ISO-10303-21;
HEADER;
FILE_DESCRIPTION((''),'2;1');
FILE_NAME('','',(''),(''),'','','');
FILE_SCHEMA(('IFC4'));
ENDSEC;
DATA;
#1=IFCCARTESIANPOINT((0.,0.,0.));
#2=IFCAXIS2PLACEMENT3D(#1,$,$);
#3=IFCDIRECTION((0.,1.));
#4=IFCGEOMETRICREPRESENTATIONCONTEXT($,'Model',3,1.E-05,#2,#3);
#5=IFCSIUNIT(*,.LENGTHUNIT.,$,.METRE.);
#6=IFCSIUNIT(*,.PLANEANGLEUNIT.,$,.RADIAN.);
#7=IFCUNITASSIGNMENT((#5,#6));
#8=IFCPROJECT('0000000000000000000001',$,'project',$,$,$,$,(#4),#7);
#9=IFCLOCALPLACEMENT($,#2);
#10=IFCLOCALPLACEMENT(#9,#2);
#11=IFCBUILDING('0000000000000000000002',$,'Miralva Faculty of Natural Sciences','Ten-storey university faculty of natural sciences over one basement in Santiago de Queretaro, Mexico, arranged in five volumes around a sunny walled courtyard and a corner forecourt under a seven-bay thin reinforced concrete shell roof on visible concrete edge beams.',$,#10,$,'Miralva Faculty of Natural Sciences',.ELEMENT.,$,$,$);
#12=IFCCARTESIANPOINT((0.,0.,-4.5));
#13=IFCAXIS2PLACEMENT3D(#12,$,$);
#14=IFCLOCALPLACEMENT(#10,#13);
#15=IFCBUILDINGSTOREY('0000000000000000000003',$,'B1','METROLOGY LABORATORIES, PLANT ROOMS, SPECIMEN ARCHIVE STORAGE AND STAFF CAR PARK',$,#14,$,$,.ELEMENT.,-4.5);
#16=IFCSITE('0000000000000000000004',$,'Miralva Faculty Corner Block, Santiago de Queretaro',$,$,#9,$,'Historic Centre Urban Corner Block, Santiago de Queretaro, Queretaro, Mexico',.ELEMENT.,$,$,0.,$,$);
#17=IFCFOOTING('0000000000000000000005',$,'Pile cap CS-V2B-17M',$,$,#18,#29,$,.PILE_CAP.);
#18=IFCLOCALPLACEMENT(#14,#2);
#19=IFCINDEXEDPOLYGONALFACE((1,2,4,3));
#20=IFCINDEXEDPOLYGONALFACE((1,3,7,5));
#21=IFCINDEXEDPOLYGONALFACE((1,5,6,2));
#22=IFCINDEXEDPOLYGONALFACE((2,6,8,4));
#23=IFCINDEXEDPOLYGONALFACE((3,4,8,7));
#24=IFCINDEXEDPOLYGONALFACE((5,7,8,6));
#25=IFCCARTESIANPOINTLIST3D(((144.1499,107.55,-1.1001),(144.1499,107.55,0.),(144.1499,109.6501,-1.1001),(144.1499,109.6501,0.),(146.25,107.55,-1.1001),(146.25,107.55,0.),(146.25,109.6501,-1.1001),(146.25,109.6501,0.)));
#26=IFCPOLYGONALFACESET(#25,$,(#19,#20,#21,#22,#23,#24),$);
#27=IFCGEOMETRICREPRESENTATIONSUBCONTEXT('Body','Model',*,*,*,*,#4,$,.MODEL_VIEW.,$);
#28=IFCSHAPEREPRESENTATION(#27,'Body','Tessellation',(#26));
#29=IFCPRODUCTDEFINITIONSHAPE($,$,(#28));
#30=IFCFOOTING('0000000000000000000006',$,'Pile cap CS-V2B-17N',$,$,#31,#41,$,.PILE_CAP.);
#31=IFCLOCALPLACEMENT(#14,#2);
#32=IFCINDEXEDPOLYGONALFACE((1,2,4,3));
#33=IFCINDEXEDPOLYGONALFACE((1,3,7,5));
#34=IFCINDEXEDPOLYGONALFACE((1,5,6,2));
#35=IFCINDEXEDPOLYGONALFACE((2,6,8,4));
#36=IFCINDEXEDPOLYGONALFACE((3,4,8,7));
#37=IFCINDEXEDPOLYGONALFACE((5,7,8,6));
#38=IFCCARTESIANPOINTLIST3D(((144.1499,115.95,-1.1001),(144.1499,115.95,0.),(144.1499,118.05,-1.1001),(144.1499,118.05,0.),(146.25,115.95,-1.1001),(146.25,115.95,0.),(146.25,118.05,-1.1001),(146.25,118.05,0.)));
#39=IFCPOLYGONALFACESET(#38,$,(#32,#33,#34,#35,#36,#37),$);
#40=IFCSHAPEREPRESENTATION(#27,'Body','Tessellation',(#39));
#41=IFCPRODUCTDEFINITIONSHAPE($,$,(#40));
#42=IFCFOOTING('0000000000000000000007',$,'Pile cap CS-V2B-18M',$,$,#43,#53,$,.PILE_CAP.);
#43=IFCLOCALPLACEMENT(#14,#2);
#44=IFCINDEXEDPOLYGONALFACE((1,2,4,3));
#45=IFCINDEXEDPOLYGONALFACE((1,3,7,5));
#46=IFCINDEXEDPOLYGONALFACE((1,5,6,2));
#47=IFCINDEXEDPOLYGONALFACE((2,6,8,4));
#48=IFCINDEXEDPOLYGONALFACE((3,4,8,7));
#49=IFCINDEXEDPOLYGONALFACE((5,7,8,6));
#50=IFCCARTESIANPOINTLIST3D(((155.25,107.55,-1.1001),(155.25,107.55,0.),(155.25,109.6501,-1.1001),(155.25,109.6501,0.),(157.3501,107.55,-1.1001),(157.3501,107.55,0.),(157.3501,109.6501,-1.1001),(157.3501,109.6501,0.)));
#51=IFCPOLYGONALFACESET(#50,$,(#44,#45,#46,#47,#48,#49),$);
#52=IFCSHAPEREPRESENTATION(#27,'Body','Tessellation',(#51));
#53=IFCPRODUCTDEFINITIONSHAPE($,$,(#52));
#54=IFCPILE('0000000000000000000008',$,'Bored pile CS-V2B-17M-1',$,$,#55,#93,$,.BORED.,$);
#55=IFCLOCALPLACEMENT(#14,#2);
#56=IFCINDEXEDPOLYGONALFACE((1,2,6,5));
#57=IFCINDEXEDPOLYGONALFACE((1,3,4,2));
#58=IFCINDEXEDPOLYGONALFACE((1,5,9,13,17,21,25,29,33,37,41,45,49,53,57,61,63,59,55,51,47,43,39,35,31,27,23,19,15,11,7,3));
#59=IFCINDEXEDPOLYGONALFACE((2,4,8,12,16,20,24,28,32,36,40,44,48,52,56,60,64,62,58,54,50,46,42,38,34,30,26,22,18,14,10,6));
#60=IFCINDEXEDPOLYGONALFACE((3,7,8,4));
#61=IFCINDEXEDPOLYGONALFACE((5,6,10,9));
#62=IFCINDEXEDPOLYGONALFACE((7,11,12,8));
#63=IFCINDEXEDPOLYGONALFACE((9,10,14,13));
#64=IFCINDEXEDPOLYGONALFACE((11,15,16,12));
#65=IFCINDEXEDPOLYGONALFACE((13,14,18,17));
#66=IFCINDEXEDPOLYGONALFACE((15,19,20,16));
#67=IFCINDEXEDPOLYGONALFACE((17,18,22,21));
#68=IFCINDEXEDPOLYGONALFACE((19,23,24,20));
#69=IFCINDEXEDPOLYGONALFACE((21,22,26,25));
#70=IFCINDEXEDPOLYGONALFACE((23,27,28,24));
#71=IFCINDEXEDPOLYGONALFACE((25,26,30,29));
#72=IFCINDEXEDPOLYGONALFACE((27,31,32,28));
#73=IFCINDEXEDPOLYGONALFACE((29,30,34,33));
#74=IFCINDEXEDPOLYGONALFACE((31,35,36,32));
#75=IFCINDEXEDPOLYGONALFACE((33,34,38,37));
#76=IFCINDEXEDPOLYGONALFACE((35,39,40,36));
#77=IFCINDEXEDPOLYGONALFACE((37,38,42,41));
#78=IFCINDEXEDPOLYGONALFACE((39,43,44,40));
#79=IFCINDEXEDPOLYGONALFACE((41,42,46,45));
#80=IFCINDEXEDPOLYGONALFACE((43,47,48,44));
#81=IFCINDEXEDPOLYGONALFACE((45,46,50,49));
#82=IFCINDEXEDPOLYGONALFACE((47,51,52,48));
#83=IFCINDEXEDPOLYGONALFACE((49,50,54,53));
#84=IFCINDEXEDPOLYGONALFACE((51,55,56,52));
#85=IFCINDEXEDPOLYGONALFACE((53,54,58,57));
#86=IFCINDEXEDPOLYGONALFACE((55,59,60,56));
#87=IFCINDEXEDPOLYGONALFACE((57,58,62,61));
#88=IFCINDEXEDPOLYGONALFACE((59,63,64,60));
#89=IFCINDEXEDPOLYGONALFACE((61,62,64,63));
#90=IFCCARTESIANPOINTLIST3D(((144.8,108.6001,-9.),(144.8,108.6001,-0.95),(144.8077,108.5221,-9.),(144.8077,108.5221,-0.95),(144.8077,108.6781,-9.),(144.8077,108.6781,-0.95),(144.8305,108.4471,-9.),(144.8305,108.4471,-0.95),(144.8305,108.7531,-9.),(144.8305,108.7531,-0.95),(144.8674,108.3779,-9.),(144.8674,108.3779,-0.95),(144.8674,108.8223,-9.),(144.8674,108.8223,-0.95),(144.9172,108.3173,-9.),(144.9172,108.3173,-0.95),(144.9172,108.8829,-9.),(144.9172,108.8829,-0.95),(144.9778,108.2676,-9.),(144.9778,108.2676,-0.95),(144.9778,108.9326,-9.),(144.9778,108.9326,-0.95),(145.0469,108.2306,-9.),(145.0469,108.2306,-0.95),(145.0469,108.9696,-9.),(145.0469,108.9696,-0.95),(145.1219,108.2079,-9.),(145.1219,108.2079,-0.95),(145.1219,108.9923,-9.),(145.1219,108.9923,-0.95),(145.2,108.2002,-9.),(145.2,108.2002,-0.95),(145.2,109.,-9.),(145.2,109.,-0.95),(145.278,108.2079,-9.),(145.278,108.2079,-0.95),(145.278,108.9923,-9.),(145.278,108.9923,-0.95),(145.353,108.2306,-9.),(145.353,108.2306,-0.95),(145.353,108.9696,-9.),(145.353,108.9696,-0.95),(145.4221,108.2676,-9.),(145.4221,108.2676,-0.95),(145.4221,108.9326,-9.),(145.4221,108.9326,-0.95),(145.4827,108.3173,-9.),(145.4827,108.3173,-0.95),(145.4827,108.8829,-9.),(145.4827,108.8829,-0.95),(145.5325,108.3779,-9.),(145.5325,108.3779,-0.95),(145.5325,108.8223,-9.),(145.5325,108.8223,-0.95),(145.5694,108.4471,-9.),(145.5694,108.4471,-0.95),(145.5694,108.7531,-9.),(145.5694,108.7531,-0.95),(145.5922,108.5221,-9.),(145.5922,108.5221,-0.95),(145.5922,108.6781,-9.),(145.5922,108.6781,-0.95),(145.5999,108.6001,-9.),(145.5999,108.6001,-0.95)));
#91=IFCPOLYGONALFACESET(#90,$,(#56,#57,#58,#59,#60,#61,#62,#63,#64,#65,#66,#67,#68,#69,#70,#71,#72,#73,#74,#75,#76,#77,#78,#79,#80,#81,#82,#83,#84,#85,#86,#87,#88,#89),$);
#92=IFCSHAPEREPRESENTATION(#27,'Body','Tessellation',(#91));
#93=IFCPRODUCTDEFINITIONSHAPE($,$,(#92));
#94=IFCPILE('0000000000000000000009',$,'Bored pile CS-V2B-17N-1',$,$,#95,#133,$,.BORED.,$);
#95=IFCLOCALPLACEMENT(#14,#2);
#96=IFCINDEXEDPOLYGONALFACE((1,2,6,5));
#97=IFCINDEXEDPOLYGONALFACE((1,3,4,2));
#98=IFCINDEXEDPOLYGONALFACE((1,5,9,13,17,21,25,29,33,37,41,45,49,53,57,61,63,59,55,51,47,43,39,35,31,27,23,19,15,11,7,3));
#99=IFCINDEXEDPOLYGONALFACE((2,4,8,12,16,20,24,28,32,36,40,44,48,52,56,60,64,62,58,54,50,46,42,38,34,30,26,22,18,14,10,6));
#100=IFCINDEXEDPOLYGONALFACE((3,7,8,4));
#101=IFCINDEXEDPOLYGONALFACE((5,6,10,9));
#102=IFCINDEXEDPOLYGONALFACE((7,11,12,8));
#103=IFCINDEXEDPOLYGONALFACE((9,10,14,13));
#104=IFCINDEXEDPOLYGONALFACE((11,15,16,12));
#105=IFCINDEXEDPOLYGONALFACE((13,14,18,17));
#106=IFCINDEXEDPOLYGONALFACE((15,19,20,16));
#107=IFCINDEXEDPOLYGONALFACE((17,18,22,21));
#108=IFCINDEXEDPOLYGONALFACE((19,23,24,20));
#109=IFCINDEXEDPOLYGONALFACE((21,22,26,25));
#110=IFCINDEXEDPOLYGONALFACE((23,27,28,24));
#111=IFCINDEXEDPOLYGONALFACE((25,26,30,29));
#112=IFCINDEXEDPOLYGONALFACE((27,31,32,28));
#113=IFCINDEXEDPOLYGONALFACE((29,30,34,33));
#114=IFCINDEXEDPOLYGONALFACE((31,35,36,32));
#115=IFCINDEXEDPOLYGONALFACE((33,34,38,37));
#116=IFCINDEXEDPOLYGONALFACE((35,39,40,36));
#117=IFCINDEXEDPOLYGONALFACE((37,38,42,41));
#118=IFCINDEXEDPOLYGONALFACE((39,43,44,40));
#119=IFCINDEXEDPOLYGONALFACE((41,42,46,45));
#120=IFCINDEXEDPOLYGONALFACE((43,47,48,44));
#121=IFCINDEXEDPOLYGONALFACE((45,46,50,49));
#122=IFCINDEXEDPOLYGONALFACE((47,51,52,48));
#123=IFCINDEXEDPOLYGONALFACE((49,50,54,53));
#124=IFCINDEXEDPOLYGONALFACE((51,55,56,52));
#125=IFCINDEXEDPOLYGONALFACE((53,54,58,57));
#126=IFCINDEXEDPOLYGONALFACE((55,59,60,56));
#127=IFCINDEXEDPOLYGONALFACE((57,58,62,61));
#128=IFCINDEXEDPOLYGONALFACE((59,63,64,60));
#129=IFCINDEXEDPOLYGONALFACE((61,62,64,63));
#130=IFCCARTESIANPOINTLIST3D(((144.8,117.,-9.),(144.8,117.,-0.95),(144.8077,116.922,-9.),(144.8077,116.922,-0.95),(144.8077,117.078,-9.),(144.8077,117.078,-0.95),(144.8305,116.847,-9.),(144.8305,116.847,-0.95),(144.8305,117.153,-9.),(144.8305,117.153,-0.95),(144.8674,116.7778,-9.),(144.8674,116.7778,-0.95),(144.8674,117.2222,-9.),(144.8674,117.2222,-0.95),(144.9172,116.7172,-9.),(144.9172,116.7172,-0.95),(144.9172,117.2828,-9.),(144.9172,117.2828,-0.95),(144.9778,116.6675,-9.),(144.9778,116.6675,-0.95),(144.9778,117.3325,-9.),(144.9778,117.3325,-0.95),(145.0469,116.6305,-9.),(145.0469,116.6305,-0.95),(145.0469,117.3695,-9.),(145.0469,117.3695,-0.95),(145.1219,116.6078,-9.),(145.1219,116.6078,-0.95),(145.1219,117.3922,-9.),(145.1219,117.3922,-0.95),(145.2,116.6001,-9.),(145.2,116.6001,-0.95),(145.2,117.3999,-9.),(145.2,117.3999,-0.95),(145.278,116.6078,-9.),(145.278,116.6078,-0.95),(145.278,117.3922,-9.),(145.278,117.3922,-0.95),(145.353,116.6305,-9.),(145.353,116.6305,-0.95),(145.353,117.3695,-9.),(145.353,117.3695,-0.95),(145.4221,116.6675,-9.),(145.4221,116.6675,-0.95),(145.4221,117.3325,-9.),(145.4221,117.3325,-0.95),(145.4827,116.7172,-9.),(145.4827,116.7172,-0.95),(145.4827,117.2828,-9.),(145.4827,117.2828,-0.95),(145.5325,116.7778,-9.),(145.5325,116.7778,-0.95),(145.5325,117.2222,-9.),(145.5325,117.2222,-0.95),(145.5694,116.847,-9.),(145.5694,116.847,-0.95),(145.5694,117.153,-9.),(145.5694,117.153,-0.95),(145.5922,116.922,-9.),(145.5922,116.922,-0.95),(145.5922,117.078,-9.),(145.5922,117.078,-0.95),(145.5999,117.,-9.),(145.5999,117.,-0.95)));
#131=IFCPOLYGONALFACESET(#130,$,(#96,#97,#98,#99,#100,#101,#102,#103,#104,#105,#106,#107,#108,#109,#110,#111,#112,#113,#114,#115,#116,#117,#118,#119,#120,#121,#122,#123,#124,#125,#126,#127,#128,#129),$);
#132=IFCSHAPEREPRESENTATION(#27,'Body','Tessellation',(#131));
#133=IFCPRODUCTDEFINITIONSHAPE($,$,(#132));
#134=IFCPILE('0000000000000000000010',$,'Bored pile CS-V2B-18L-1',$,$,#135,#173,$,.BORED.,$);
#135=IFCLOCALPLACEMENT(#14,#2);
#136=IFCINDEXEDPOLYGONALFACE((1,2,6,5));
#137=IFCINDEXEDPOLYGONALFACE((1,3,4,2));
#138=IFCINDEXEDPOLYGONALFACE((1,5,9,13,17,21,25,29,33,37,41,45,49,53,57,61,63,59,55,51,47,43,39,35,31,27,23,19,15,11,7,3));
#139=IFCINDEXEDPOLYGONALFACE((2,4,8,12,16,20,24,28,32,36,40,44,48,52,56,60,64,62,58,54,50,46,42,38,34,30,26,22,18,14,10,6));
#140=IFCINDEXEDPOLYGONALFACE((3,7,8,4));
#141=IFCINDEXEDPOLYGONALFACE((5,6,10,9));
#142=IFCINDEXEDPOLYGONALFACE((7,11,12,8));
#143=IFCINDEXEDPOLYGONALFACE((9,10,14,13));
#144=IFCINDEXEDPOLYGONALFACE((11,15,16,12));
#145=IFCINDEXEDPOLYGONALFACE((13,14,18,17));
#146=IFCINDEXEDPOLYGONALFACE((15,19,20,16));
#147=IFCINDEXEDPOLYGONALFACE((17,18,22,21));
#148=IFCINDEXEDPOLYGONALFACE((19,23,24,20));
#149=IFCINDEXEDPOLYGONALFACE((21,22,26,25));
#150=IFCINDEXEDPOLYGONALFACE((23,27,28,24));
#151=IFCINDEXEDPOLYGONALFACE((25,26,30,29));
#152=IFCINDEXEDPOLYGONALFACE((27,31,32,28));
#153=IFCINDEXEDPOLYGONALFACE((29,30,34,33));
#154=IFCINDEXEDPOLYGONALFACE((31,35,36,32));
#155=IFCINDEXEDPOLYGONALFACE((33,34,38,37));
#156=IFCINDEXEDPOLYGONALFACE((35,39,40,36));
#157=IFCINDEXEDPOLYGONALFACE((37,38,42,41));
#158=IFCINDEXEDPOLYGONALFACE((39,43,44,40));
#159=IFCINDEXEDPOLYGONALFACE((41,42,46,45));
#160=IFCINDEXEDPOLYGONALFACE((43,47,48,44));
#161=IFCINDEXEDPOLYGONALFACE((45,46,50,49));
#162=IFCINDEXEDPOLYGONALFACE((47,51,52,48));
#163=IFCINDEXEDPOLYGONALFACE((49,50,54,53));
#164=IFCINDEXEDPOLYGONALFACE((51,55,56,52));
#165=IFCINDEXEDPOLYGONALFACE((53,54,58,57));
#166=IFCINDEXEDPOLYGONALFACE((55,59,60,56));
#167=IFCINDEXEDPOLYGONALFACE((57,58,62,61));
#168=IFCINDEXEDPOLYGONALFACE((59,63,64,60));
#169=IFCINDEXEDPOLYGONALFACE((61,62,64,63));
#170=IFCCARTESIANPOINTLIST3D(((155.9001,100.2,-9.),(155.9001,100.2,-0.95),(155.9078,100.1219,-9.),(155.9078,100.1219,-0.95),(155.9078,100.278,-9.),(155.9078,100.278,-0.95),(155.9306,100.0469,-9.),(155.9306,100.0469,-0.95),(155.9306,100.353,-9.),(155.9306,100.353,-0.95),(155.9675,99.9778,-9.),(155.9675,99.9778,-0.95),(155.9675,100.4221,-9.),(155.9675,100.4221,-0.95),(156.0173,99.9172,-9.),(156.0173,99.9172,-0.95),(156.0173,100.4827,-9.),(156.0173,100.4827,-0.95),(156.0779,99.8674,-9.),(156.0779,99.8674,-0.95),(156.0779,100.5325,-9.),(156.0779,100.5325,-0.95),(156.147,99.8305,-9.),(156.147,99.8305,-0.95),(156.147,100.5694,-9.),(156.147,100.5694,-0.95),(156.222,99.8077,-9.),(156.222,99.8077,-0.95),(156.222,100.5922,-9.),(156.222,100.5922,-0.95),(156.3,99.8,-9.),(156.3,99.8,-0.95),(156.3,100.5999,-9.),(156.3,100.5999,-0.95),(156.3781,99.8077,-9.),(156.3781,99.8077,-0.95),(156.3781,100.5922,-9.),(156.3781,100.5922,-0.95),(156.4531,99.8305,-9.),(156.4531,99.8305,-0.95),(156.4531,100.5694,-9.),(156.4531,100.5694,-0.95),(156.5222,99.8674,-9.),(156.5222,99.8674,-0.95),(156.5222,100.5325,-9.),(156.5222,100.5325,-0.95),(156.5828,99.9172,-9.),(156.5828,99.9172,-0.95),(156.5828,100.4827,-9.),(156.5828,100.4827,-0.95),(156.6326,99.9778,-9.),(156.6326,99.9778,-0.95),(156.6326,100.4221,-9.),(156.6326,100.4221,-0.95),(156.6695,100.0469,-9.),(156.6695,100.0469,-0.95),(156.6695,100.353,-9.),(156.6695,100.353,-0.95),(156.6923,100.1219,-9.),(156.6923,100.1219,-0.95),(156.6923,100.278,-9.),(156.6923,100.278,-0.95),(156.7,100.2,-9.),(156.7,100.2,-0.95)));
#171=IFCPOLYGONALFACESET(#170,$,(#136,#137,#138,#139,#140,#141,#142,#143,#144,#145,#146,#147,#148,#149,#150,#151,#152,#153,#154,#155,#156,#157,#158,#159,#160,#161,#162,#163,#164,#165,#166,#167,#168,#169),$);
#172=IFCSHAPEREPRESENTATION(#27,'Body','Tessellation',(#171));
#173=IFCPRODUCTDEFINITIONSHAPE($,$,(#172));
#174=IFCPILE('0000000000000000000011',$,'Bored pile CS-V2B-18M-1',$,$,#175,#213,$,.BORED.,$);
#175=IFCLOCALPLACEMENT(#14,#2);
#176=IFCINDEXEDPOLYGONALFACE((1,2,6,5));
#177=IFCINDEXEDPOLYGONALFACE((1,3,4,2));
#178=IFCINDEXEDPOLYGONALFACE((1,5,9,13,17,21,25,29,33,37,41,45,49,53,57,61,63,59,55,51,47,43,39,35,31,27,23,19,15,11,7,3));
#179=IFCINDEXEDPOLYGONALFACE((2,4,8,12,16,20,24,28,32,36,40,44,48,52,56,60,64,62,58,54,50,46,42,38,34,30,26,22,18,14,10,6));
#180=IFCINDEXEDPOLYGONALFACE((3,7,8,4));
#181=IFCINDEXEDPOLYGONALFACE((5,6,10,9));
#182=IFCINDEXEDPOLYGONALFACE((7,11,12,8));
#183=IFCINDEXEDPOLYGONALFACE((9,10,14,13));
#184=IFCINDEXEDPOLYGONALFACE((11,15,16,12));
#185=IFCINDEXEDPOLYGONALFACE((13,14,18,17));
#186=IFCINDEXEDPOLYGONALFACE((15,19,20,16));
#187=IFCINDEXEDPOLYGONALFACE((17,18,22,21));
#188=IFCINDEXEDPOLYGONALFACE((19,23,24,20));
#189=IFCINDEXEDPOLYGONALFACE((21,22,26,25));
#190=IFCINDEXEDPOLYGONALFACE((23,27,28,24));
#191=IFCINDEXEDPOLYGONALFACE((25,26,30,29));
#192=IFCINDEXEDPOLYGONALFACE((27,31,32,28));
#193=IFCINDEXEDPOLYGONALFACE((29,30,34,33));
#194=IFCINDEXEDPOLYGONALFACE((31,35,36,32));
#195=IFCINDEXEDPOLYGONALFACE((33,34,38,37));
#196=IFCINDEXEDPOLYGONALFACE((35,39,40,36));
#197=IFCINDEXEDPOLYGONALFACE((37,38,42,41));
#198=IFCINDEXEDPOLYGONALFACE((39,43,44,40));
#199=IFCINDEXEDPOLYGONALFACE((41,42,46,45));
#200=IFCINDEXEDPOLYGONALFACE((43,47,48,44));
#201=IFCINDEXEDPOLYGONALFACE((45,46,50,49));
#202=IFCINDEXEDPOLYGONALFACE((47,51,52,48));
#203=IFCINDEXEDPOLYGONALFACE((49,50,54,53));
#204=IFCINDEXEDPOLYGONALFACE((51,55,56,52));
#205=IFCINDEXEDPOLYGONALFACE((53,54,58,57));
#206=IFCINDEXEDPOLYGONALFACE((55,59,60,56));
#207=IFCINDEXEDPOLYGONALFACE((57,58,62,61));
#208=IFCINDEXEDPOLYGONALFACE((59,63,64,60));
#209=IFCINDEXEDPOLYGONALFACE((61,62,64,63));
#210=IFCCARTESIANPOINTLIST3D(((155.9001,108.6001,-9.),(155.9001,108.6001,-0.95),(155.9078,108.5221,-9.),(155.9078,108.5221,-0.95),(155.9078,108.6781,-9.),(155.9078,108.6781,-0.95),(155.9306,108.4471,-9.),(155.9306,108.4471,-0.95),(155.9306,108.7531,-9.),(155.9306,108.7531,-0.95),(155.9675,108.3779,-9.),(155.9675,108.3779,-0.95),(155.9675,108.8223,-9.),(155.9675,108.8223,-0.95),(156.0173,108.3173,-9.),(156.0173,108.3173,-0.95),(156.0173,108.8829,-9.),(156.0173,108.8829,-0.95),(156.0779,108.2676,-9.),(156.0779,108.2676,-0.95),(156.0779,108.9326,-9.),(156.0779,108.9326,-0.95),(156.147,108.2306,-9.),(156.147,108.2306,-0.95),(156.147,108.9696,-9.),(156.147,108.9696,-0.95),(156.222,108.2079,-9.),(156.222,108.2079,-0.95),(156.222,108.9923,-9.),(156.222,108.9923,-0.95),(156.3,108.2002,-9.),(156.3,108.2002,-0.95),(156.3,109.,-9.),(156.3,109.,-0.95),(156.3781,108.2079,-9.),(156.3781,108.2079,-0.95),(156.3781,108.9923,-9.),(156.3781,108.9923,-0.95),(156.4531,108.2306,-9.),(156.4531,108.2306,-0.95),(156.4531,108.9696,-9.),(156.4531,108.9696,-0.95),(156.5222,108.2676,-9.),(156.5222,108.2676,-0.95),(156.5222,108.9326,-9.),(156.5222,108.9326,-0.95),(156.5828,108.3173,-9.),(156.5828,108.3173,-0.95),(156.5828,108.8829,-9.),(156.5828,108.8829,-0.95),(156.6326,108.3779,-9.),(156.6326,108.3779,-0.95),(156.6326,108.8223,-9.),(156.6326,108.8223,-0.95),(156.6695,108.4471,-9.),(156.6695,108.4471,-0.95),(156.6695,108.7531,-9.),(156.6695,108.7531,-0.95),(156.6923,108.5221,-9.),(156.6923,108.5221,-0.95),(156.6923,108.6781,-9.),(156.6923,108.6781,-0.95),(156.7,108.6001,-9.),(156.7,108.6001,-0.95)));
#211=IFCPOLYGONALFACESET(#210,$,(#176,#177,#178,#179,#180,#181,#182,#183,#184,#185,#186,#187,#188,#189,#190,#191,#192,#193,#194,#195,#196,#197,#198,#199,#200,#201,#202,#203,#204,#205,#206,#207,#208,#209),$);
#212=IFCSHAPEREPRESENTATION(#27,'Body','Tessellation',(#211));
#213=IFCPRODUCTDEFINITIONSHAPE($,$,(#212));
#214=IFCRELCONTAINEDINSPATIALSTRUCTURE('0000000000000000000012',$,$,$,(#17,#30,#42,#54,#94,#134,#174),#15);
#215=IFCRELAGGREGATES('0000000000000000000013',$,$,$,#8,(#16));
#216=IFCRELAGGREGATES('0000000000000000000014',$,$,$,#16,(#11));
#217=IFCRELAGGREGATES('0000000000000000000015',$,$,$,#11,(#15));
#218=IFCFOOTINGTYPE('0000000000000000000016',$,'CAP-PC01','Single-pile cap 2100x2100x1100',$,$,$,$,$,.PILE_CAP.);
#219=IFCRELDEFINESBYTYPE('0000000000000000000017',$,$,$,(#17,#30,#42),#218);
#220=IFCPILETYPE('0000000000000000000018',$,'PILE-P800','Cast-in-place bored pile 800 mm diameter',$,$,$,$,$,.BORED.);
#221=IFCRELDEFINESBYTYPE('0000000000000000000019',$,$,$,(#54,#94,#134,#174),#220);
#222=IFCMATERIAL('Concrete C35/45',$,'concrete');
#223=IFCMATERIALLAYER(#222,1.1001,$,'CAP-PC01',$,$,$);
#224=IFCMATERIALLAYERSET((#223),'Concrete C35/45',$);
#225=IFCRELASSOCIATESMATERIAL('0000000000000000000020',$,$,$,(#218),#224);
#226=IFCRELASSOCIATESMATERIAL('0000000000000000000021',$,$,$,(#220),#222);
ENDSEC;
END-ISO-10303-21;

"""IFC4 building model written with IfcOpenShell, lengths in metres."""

from ifc_helpers import new_model, si_unit, direction, frame, origin, origin_2d, place, context, subcontext, project, spatial, rectangle, circle, extrude, material, layer, layer_set, material_profile, profile_set, type_object, element, save


model = new_model("IFC4")

# Units and contexts
model_context = context("Model", 3, precision=1e-05, world=origin(), true_north=direction((0.0, 1.0)))
body_context = subcontext(model_context, "Body", "Model", "MODEL_VIEW")
ifc_project = project(units=[si_unit("LENGTHUNIT", "METRE"), si_unit("PLANEANGLEUNIT", "RADIAN")], contexts=[model_context])

# Site, building, storey
site_placement = place(None, origin())
site = spatial("IfcSite", under=ifc_project, at=site_placement, Name="Miralva Faculty Corner Block, Santiago de Queretaro", LongName="Historic Centre Urban Corner Block, Santiago de Queretaro, Queretaro, Mexico", CompositionType="ELEMENT", RefElevation=0.0)
building_placement = place(site_placement, origin())
building = spatial("IfcBuilding", under=site, at=building_placement, Name="Miralva Faculty of Natural Sciences", Description="Ten-storey university faculty of natural sciences over one basement in Santiago de Queretaro, Mexico, arranged in five volumes around a sunny walled courtyard and a corner forecourt under a seven-bay thin reinforced concrete shell roof on visible concrete edge beams.", LongName="Miralva Faculty of Natural Sciences", CompositionType="ELEMENT")
storey_placement = place(building_placement, frame((0.0, 0.0, -4.5)))
storey = spatial("IfcBuildingStorey", under=building, at=storey_placement, Name="B1", Description="METROLOGY LABORATORIES, PLANT ROOMS, SPECIMEN ARCHIVE STORAGE AND STAFF CAR PARK", CompositionType="ELEMENT", Elevation=-4.5)

# Footings
ifc_material_1 = material(Name="Concrete C35/45", Category="concrete")
ifc_layer = layer(ifc_material_1, 1.1001, Name="CAP-PC01")
ifc_layer_set = layer_set([ifc_layer], Name="Concrete C35/45")
footing_type_1 = type_object("IfcFootingType", Name="CAP-PC01", Description="Single-pile cap 2100x2100x1100", PredefinedType="PILE_CAP", material=ifc_layer_set)
for number, where, z_axis, x_axis, name in (
    (1, (145.2, 108.6001, -1.1001), (0.0, 0.0, 1.0), (1.0, 0.0, 0.0), "Pile cap CS-V2B-17M"),
    (2, (145.2, 117.0, -1.1001), (0.0, 0.0, 1.0), (1.0, 0.0, 0.0), "Pile cap CS-V2B-17N"),
    (3, (156.3, 108.6001, -1.1001), (0.0, 0.0, 1.0), (1.0, 0.0, 0.0), "Pile cap CS-V2B-18M"),
):
    element("IfcFooting", number, at=place(storey_placement, frame(where, z_axis=z_axis, x_axis=x_axis)), inside=storey, type_object=footing_type_1, Name=name, PredefinedType="PILE_CAP", context=body_context, shape_type="SweptSolid", body=[
        extrude(rectangle(XDim=2.1001, YDim=2.1001, at=origin_2d()), origin(), (0.0, 0.0, 1.0), 1.1001),
    ])

# Piles
ifc_material_profile_1 = material_profile(ifc_material_1, circle(Radius=0.3999, at=origin_2d()), Name="BORED PILE 800")
ifc_profile_set_1 = profile_set([ifc_material_profile_1], Name="Concrete C35/45")
pile_type = type_object("IfcPileType", Name="PILE-P800", Description="Cast-in-place bored pile 800 mm diameter", PredefinedType="BORED", material=ifc_profile_set_1)
for number, where, z_axis, x_axis, name in (
    (4, (145.2, 108.6001, -0.95), (0.0, 0.0, -1.0), (1.0, 0.0, 0.0), "Bored pile CS-V2B-17M-1"),
    (5, (145.2, 117.0, -0.95), (0.0, 0.0, -1.0), (1.0, 0.0, 0.0), "Bored pile CS-V2B-17N-1"),
    (6, (156.3, 100.2, -0.95), (0.0, 0.0, -1.0), (1.0, 0.0, 0.0), "Bored pile CS-V2B-18L-1"),
    (7, (156.3, 108.6001, -0.95), (0.0, 0.0, -1.0), (1.0, 0.0, 0.0), "Bored pile CS-V2B-18M-1"),
):
    element("IfcPile", number, at=place(storey_placement, frame(where, z_axis=z_axis, x_axis=x_axis)), inside=storey, type_object=pile_type, Name=name, PredefinedType="BORED", context=body_context, shape_type="SweptSolid", body=[
        extrude(circle(Radius=0.3999, at=origin_2d()), origin(), (0.0, 0.0, 1.0), 8.05),
    ])

save(model, "model.ifc")
